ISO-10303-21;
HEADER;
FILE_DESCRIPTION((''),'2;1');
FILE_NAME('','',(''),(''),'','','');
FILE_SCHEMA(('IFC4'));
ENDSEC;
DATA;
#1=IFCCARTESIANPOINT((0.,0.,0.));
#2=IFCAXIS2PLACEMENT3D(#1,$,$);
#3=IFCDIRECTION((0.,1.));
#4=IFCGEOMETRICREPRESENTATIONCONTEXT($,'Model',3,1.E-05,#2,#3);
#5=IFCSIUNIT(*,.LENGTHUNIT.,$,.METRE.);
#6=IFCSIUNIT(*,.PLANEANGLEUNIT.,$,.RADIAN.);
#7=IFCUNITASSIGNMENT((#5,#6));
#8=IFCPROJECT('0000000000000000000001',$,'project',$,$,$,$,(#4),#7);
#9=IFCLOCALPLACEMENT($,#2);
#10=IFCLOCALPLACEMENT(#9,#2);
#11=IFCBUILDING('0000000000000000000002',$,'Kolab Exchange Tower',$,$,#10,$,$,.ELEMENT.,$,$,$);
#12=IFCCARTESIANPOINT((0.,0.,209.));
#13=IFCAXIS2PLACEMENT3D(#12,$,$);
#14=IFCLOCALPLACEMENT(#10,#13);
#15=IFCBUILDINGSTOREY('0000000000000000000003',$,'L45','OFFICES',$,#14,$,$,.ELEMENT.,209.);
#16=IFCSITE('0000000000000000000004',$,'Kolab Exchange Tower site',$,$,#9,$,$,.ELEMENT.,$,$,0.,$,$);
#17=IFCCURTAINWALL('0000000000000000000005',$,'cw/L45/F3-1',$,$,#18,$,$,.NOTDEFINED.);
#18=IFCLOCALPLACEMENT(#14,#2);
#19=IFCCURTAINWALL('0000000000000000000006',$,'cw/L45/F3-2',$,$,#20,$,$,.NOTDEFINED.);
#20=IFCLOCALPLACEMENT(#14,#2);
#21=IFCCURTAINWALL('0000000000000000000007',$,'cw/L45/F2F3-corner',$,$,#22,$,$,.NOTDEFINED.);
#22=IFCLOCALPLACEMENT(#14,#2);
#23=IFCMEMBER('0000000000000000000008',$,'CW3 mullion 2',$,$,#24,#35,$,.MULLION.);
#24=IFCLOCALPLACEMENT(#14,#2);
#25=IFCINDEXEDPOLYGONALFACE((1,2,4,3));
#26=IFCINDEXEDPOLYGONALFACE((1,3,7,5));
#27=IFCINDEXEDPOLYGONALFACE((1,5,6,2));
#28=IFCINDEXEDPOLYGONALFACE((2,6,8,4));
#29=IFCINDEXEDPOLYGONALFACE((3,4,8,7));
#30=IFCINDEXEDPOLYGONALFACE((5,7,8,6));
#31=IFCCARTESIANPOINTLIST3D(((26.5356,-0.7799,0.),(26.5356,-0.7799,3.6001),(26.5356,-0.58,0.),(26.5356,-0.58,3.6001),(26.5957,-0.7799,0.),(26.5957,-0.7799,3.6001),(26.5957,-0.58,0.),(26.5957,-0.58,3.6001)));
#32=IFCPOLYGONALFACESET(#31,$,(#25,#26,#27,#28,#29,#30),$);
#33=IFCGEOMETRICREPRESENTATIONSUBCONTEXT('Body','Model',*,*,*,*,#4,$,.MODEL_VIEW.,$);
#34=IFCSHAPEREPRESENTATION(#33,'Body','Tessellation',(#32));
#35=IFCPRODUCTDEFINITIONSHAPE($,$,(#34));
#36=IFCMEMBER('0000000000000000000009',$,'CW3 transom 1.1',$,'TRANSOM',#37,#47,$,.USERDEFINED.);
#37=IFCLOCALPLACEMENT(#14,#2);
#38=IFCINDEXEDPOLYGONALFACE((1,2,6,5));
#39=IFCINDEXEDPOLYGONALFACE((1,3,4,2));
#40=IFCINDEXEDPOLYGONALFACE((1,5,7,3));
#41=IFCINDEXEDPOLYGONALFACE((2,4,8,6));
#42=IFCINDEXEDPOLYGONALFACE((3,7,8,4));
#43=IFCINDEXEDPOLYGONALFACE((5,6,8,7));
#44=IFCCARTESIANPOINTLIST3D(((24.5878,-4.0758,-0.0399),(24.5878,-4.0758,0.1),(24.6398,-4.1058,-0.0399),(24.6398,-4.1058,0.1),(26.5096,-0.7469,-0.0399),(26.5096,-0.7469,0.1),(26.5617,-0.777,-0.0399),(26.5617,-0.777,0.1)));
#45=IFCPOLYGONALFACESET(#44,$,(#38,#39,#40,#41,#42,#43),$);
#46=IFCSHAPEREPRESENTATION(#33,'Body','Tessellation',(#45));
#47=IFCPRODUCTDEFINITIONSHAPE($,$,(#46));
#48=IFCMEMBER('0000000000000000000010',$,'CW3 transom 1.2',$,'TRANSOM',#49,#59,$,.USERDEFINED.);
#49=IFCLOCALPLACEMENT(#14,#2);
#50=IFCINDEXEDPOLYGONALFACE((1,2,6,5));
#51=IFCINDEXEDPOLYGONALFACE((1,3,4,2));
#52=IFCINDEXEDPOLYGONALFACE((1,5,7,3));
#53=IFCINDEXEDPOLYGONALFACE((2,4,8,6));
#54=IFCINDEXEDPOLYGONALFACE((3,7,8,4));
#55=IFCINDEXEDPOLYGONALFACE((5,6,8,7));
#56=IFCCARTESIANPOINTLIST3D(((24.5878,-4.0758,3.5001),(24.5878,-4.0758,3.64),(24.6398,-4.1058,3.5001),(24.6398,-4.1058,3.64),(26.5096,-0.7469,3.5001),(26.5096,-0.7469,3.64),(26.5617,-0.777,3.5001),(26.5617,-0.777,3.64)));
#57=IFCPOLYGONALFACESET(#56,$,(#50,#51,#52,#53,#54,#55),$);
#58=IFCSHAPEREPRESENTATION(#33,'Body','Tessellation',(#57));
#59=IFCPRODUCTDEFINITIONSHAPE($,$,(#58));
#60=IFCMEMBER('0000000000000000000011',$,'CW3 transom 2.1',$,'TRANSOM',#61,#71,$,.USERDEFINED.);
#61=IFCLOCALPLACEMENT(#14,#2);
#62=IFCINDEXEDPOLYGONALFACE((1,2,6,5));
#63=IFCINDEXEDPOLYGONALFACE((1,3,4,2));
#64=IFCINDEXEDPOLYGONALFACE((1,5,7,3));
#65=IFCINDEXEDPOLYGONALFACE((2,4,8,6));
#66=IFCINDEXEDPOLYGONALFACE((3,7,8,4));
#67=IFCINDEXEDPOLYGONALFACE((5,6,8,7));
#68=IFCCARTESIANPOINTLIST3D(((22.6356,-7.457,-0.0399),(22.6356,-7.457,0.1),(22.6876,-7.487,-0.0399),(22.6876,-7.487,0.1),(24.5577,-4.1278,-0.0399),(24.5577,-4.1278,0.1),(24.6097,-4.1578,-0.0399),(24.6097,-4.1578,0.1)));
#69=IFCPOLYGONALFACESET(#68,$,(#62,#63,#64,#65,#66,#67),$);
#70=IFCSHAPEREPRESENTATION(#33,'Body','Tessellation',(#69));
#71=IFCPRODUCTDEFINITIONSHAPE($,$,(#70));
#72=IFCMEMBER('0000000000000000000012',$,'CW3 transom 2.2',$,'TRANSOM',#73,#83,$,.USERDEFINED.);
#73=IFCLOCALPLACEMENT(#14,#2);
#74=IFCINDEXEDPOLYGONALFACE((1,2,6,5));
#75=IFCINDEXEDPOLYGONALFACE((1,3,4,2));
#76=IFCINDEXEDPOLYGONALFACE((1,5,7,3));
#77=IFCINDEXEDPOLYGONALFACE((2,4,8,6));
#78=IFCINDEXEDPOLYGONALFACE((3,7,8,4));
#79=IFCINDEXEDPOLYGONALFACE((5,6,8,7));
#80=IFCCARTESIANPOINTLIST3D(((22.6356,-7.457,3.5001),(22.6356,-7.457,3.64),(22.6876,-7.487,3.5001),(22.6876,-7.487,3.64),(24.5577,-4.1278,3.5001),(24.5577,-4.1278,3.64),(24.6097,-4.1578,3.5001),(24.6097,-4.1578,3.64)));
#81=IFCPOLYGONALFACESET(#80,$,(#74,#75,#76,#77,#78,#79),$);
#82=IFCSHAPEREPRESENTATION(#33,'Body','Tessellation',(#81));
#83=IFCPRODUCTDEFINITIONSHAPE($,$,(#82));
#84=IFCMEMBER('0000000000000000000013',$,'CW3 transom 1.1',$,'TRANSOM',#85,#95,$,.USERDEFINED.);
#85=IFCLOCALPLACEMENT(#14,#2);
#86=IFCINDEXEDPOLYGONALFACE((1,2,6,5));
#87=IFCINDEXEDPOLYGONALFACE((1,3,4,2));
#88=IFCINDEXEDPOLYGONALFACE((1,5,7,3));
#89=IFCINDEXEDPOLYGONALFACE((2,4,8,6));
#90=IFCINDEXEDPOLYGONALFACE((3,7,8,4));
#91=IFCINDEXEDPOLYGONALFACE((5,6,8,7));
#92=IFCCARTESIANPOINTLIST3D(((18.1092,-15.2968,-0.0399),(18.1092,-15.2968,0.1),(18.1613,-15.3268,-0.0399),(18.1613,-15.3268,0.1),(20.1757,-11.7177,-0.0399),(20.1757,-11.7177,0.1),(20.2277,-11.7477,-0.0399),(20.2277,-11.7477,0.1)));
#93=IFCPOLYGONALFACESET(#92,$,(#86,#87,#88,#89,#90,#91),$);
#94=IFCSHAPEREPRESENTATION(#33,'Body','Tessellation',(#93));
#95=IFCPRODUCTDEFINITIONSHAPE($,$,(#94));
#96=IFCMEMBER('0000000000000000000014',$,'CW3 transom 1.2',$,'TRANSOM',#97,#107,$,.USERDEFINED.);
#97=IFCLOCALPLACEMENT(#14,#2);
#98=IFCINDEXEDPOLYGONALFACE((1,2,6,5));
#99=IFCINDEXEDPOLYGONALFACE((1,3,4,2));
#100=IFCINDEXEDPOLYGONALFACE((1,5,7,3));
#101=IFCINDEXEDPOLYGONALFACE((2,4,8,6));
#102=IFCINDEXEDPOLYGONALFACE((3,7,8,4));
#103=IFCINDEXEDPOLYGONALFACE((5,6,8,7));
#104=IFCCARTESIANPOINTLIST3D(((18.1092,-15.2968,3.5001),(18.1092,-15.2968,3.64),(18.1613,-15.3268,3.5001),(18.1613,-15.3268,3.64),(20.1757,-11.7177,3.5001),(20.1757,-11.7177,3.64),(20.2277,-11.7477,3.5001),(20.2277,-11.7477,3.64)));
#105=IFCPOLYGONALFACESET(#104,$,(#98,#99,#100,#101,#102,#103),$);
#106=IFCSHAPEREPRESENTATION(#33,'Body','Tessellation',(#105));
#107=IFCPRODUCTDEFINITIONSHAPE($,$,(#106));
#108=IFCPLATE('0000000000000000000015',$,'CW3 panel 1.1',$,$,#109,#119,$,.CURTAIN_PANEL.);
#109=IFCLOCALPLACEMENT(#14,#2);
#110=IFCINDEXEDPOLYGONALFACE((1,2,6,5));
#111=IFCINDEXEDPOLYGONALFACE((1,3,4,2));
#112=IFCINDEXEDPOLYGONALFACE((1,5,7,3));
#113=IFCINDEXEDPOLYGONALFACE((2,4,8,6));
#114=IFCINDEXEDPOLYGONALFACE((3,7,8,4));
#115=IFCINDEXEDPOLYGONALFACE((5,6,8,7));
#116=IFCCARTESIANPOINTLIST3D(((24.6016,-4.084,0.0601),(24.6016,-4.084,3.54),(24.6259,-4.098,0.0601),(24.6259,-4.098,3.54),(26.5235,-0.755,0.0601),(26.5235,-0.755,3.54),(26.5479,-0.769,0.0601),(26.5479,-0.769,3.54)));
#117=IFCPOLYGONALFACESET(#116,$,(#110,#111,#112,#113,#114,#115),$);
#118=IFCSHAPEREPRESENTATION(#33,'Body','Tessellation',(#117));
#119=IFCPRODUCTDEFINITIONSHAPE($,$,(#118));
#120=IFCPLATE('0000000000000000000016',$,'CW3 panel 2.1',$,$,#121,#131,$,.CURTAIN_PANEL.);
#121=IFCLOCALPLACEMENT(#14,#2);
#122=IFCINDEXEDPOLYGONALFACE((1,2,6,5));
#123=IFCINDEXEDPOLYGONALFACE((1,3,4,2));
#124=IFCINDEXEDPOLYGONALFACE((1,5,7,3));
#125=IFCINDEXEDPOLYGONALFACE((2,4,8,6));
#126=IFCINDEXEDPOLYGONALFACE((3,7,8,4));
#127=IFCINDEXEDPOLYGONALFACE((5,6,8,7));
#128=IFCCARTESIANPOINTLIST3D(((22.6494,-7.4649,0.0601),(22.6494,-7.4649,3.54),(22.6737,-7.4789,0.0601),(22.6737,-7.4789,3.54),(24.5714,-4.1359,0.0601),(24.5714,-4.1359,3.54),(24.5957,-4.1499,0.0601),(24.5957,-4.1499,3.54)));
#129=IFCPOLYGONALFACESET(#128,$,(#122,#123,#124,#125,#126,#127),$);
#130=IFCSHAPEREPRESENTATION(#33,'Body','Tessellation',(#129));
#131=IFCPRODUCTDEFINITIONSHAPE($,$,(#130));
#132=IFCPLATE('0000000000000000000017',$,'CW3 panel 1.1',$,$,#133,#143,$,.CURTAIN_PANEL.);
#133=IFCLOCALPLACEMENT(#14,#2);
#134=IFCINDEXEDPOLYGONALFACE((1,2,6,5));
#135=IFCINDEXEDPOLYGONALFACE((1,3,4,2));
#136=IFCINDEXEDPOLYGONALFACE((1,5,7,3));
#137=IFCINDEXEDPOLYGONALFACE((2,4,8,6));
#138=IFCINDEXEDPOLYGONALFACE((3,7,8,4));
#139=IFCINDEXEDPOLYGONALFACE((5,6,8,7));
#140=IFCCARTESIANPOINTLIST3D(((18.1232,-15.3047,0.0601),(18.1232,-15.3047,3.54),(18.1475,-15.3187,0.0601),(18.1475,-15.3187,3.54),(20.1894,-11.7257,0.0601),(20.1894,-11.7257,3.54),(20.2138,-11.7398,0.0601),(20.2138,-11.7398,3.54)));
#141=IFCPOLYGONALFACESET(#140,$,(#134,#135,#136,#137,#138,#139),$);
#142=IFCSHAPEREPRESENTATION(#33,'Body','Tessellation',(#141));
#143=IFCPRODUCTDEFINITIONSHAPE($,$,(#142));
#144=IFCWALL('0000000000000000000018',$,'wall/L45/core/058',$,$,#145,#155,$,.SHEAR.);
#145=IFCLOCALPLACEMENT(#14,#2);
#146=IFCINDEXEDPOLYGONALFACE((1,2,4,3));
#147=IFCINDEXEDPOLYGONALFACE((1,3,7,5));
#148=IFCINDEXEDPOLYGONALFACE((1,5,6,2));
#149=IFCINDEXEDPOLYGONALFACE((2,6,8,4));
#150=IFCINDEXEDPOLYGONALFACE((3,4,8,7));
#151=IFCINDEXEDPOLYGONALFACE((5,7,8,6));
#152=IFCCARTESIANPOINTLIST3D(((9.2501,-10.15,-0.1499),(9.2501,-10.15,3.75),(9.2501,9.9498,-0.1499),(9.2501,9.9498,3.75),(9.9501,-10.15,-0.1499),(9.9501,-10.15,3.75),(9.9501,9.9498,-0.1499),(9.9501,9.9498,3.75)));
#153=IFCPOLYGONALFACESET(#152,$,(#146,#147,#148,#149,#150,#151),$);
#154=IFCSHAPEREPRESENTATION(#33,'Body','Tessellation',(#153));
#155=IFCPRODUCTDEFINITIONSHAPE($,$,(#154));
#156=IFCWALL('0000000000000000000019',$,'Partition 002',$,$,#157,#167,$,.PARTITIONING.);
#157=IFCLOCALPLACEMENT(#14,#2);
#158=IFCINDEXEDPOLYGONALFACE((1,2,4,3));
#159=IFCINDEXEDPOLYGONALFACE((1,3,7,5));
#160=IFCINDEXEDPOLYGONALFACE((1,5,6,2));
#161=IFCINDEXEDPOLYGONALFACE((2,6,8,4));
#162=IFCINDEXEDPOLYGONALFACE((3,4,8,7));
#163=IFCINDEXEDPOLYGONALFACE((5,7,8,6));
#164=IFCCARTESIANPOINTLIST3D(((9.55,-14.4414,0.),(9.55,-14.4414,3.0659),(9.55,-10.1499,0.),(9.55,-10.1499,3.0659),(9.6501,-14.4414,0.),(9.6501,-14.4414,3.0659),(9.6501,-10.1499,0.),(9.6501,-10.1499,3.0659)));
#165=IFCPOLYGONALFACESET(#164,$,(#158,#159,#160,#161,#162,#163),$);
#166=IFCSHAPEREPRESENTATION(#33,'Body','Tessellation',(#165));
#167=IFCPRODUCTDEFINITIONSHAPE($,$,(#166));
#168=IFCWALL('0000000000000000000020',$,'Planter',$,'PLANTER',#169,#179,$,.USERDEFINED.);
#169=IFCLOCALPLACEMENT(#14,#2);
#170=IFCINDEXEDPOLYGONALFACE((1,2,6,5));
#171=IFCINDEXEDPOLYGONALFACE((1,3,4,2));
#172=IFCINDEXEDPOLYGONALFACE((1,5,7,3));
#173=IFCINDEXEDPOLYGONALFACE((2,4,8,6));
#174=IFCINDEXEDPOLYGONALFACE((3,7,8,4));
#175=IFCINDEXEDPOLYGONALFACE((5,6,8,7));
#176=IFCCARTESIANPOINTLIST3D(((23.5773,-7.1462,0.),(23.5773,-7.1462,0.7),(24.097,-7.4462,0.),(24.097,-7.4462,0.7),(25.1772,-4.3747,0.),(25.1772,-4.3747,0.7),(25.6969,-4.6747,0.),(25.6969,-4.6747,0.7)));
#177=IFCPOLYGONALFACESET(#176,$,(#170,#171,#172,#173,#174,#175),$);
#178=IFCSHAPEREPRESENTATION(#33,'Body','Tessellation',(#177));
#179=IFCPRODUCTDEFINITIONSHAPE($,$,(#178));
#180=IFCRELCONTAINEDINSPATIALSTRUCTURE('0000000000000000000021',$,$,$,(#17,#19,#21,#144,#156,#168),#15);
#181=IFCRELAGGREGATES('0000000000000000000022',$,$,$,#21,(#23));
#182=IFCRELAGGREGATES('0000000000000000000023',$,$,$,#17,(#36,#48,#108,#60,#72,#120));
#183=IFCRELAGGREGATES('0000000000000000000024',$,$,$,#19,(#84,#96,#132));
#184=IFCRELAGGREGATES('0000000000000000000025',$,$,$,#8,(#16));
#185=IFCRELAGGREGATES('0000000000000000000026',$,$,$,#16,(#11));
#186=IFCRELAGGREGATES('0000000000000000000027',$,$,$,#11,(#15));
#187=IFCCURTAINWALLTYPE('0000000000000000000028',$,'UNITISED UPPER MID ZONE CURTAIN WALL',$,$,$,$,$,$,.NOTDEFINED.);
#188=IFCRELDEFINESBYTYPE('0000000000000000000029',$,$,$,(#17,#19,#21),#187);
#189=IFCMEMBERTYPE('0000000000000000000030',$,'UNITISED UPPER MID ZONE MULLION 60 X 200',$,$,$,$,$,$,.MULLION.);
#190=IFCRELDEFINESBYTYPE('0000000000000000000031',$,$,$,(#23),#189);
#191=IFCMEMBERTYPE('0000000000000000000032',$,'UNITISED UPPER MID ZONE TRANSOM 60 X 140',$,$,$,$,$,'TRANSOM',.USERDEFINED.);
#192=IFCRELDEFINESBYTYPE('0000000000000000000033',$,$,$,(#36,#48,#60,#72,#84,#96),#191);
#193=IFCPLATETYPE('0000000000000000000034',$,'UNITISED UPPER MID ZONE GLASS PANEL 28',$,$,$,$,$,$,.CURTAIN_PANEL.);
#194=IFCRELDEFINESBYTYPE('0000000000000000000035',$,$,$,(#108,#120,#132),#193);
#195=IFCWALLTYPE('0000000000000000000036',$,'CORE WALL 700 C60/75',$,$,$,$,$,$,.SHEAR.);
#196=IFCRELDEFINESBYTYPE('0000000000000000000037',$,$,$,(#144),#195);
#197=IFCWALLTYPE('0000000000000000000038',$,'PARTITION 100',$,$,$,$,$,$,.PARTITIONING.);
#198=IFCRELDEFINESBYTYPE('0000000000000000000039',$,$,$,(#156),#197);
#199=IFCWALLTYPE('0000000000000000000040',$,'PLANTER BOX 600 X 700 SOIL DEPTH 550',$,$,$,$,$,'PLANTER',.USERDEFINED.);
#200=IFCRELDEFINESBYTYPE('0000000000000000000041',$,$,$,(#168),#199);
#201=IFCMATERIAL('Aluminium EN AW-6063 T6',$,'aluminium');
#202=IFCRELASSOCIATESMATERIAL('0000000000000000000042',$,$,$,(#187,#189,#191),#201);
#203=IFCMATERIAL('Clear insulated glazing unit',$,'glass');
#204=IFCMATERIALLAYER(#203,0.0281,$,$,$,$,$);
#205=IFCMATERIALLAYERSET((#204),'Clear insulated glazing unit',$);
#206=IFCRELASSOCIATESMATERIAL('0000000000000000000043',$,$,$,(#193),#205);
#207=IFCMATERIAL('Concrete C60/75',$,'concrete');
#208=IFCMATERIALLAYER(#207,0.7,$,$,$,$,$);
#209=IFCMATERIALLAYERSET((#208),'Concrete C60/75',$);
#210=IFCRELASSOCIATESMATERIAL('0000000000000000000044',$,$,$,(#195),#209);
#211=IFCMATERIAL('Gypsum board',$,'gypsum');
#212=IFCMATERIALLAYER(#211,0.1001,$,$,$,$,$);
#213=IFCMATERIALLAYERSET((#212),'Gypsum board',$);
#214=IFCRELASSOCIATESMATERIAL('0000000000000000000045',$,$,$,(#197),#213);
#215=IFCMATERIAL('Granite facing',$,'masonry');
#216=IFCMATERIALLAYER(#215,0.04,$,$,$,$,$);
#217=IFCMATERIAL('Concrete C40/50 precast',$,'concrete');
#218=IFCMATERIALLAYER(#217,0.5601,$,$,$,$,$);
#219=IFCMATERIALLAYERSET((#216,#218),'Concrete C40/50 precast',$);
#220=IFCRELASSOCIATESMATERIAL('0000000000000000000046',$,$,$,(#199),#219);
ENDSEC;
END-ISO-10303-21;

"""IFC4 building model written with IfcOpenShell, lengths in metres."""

from ifc_helpers import new_model, si_unit, direction, frame, frame_2d, origin, origin_2d, place, context, subcontext, project, spatial, rectangle, extrude, material, layer, layer_set, material_profile, profile_set, type_object, element, aggregate, save


model = new_model("IFC4")

# Units and contexts
model_context = context("Model", 3, precision=1e-05, world=origin(), true_north=direction((0.0, 1.0)))
body_context = subcontext(model_context, "Body", "Model", "MODEL_VIEW")
ifc_project = project(units=[si_unit("LENGTHUNIT", "METRE"), si_unit("PLANEANGLEUNIT", "RADIAN")], contexts=[model_context])

# Site, building, storey
site_placement = place(None, origin())
site = spatial("IfcSite", under=ifc_project, at=site_placement, Name="Kolab Exchange Tower site", CompositionType="ELEMENT", RefElevation=0.0)
building_placement = place(site_placement, origin())
building = spatial("IfcBuilding", under=site, at=building_placement, Name="Kolab Exchange Tower", CompositionType="ELEMENT")
storey_placement = place(building_placement, frame((0.0, 0.0, 209.0)))
storey = spatial("IfcBuildingStorey", under=building, at=storey_placement, Name="L45", Description="OFFICES", CompositionType="ELEMENT", Elevation=209.0)

# Shared definitions
ifc_material_1 = material(Name="Concrete C60/75", Category="concrete")

# Curtain wall
ifc_material_2 = material(Name="Aluminium EN AW-6063 T6", Category="aluminium")
curtain_wall_type = type_object("IfcCurtainWallType", Name="UNITISED UPPER MID ZONE CURTAIN WALL", PredefinedType="NOTDEFINED", material=ifc_material_2)
curtain_wall_1_placement = place(storey_placement, origin())
curtain_wall_1 = element("IfcCurtainWall", 1, at=curtain_wall_1_placement, inside=storey, type_object=curtain_wall_type, Name="cw/L45/F3-1", PredefinedType="NOTDEFINED")
ifc_material_profile_1 = material_profile(ifc_material_2, rectangle(XDim=0.0601, YDim=0.2, at=origin_2d()), Name="RECT 60X200")
ifc_profile_set_1 = profile_set([ifc_material_profile_1], Name="Aluminium EN AW-6063 T6")
member_type_1 = type_object("IfcMemberType", Name="UNITISED UPPER MID ZONE MULLION 60 X 200", PredefinedType="MULLION", material=ifc_profile_set_1)

# Curtain walls, member
curtain_wall_2_placement = place(storey_placement, origin())
curtain_wall_2 = element("IfcCurtainWall", 2, at=curtain_wall_2_placement, inside=storey, type_object=curtain_wall_type, Name="cw/L45/F3-2", PredefinedType="NOTDEFINED")
curtain_wall_3_placement = place(storey_placement, origin())
curtain_wall_3 = element("IfcCurtainWall", 3, at=curtain_wall_3_placement, inside=storey, type_object=curtain_wall_type, Name="cw/L45/F2F3-corner", PredefinedType="NOTDEFINED")
member_1_placement = place(storey_placement, frame((26.5657, -0.6799, 0.0), z_axis=(0.0, 0.0, 1.0), x_axis=(1.0, 0.0, 0.0)))
member_1 = element("IfcMember", 4, at=member_1_placement, type_object=member_type_1, Name="CW3 mullion 2", PredefinedType="MULLION", context=body_context, shape_type="SweptSolid", body=[
    extrude(rectangle(XDim=0.0601, YDim=0.2, at=origin_2d()), origin(), (0.0, 0.0, 1.0), 3.6001),
])
aggregate(curtain_wall_3, [member_1])

# Members
ifc_material_profile_2 = material_profile(ifc_material_2, rectangle(XDim=0.0601, YDim=0.1399, at=origin_2d()), Name="RECT 60X140")
ifc_profile_set_2 = profile_set([ifc_material_profile_2], Name="Aluminium EN AW-6063 T6")
member_type_2 = type_object("IfcMemberType", Name="UNITISED UPPER MID ZONE TRANSOM 60 X 140", ElementType="TRANSOM", PredefinedType="USERDEFINED", material=ifc_profile_set_2)
member_2_placement = place(storey_placement, frame((26.5356, -0.762, 0.03), z_axis=(-0.499992, -0.86603, 0.0), x_axis=(0.86603, -0.499992, 0.0)))
member_2 = element("IfcMember", 5, at=member_2_placement, type_object=member_type_2, Name="CW3 transom 1.1", ObjectType="TRANSOM", PredefinedType="USERDEFINED", context=body_context, shape_type="SweptSolid", body=[
    extrude(rectangle(XDim=0.0601, YDim=0.1399, at=origin_2d()), origin(), (0.0, 0.0, 1.0), 3.8438),
])
member_3_placement = place(storey_placement, frame((26.5356, -0.762, 3.5701), z_axis=(-0.499992, -0.86603, 0.0), x_axis=(0.86603, -0.499992, 0.0)))
member_3 = element("IfcMember", 6, at=member_3_placement, type_object=member_type_2, Name="CW3 transom 1.2", ObjectType="TRANSOM", PredefinedType="USERDEFINED", context=body_context, shape_type="SweptSolid", body=[
    extrude(rectangle(XDim=0.0601, YDim=0.1399, at=origin_2d()), origin(), (0.0, 0.0, 1.0), 3.8438),
])
member_4_placement = place(storey_placement, frame((24.5837, -4.1428, 0.03), z_axis=(-0.500012, -0.866018, 0.0), x_axis=(0.866018, -0.500012, 0.0)))
member_4 = element("IfcMember", 7, at=member_4_placement, type_object=member_type_2, Name="CW3 transom 2.1", ObjectType="TRANSOM", PredefinedType="USERDEFINED", context=body_context, shape_type="SweptSolid", body=[
    extrude(rectangle(XDim=0.0601, YDim=0.1399, at=origin_2d()), origin(), (0.0, 0.0, 1.0), 3.8442),
])
member_5_placement = place(storey_placement, frame((24.5837, -4.1428, 3.5701), z_axis=(-0.500012, -0.866018, 0.0), x_axis=(0.866018, -0.500012, 0.0)))
member_5 = element("IfcMember", 8, at=member_5_placement, type_object=member_type_2, Name="CW3 transom 2.2", ObjectType="TRANSOM", PredefinedType="USERDEFINED", context=body_context, shape_type="SweptSolid", body=[
    extrude(rectangle(XDim=0.0601, YDim=0.1399, at=origin_2d()), origin(), (0.0, 0.0, 1.0), 3.8442),
])
member_6_placement = place(storey_placement, frame((20.2017, -11.7327, 0.03), z_axis=(-0.500002, -0.866024, 0.0), x_axis=(0.866024, -0.500002, 0.0)))
member_6 = element("IfcMember", 9, at=member_6_placement, type_object=member_type_2, Name="CW3 transom 1.1", ObjectType="TRANSOM", PredefinedType="USERDEFINED", context=body_context, shape_type="SweptSolid", body=[
    extrude(rectangle(XDim=0.0601, YDim=0.1399, at=origin_2d()), origin(), (0.0, 0.0, 1.0), 4.1328),
])
member_7_placement = place(storey_placement, frame((20.2017, -11.7327, 3.5701), z_axis=(-0.500002, -0.866024, 0.0), x_axis=(0.866024, -0.500002, 0.0)))
member_7 = element("IfcMember", 10, at=member_7_placement, type_object=member_type_2, Name="CW3 transom 1.2", ObjectType="TRANSOM", PredefinedType="USERDEFINED", context=body_context, shape_type="SweptSolid", body=[
    extrude(rectangle(XDim=0.0601, YDim=0.1399, at=origin_2d()), origin(), (0.0, 0.0, 1.0), 4.1328),
])

# Plates
ifc_material_3 = material(Name="Clear insulated glazing unit", Category="glass")
ifc_layer_1 = layer(ifc_material_3, 0.0281)
ifc_layer_set_1 = layer_set([ifc_layer_1], Name="Clear insulated glazing unit")
plate_type = type_object("IfcPlateType", Name="UNITISED UPPER MID ZONE GLASS PANEL 28", PredefinedType="CURTAIN_PANEL", material=ifc_layer_set_1)
plate_1_placement = place(storey_placement, frame((25.5747, -2.4265, 0.0601), z_axis=(0.0, 0.0, 1.0), x_axis=(-0.5, -0.866025, 0.0)))
plate_1 = element("IfcPlate", 11, at=plate_1_placement, type_object=plate_type, Name="CW3 panel 1.1", PredefinedType="CURTAIN_PANEL", context=body_context, shape_type="SweptSolid", body=[
    extrude(rectangle(XDim=3.844, YDim=0.0281, at=origin_2d()), origin(), (0.0, 0.0, 1.0), 3.48),
])
plate_2_placement = place(storey_placement, frame((23.6226, -5.8074, 0.0601), z_axis=(0.0, 0.0, 1.0), x_axis=(-0.5, -0.866025, 0.0)))
plate_2 = element("IfcPlate", 12, at=plate_2_placement, type_object=plate_type, Name="CW3 panel 2.1", PredefinedType="CURTAIN_PANEL", context=body_context, shape_type="SweptSolid", body=[
    extrude(rectangle(XDim=3.844, YDim=0.0281, at=origin_2d()), origin(), (0.0, 0.0, 1.0), 3.48),
])
aggregate(curtain_wall_1, [member_2, member_3, plate_1, member_4, member_5, plate_2])
plate_3_placement = place(storey_placement, frame((19.1685, -13.5222, 0.0601), z_axis=(0.0, 0.0, 1.0), x_axis=(-0.5, -0.866025, 0.0)))
plate_3 = element("IfcPlate", 13, at=plate_3_placement, type_object=plate_type, Name="CW3 panel 1.1", PredefinedType="CURTAIN_PANEL", context=body_context, shape_type="SweptSolid", body=[
    extrude(rectangle(XDim=4.1326, YDim=0.0281, at=origin_2d()), origin(), (0.0, 0.0, 1.0), 3.48),
])
aggregate(curtain_wall_2, [member_6, member_7, plate_3])

# Wall
ifc_layer_2 = layer(ifc_material_1, 0.7)
ifc_layer_set_2 = layer_set([ifc_layer_2], Name="Concrete C60/75")
wall_type_1 = type_object("IfcWallType", Name="CORE WALL 700 C60/75", PredefinedType="SHEAR", material=ifc_layer_set_2)
wall_1_placement = place(storey_placement, frame((9.6001, -10.1499, -0.1499), z_axis=(0.0, 0.0, 1.0), x_axis=(0.0, 1.0, 0.0)))
element("IfcWall", 14, at=wall_1_placement, inside=storey, type_object=wall_type_1, Name="wall/L45/core/058", PredefinedType="SHEAR", context=body_context, shape_type="SweptSolid", body=[
    extrude(rectangle(XDim=20.0999, YDim=0.7, at=frame_2d((10.0498, 0.0))), origin(), (0.0, 0.0, 1.0), 3.8999),
])

# Walls
ifc_material_4 = material(Name="Gypsum board", Category="gypsum")
ifc_layer_3 = layer(ifc_material_4, 0.1001)
ifc_layer_set_3 = layer_set([ifc_layer_3], Name="Gypsum board")
wall_type_2 = type_object("IfcWallType", Name="PARTITION 100", PredefinedType="PARTITIONING", material=ifc_layer_set_3)
wall_2_placement = place(storey_placement, frame((9.6001, -14.4414, 0.0), z_axis=(0.0, 0.0, 1.0), x_axis=(0.0, 1.0, 0.0)))
element("IfcWall", 15, at=wall_2_placement, inside=storey, type_object=wall_type_2, Name="Partition 002", PredefinedType="PARTITIONING", context=body_context, shape_type="SweptSolid", body=[
    extrude(rectangle(XDim=4.2915, YDim=0.1001, at=frame_2d((2.1458, 0.0))), origin(), (0.0, 0.0, 1.0), 3.0659),
])
ifc_material_5 = material(Name="Granite facing", Category="masonry")
ifc_layer_4 = layer(ifc_material_5, 0.04)
ifc_material_6 = material(Name="Concrete C40/50 precast", Category="concrete")
ifc_layer_5 = layer(ifc_material_6, 0.5601)
ifc_layer_set_4 = layer_set([ifc_layer_4, ifc_layer_5], Name="Concrete C40/50 precast")
wall_type_3 = type_object("IfcWallType", Name="PLANTER BOX 600 X 700 SOIL DEPTH 550", ElementType="PLANTER", PredefinedType="USERDEFINED", material=ifc_layer_set_4)
wall_3_placement = place(storey_placement, frame((25.437, -4.5247, 0.0), z_axis=(0.0, 0.0, 1.0), x_axis=(-0.499938, -0.866061, 0.0)))
element("IfcWall", 16, at=wall_3_placement, inside=storey, type_object=wall_type_3, Name="Planter", ObjectType="PLANTER", PredefinedType="USERDEFINED", context=body_context, shape_type="SweptSolid", body=[
    extrude(rectangle(XDim=3.2002, YDim=0.6001, at=frame_2d((1.6001, 0.0))), origin(), (0.0, 0.0, 1.0), 0.7),
])

save(model, "model.ifc")
